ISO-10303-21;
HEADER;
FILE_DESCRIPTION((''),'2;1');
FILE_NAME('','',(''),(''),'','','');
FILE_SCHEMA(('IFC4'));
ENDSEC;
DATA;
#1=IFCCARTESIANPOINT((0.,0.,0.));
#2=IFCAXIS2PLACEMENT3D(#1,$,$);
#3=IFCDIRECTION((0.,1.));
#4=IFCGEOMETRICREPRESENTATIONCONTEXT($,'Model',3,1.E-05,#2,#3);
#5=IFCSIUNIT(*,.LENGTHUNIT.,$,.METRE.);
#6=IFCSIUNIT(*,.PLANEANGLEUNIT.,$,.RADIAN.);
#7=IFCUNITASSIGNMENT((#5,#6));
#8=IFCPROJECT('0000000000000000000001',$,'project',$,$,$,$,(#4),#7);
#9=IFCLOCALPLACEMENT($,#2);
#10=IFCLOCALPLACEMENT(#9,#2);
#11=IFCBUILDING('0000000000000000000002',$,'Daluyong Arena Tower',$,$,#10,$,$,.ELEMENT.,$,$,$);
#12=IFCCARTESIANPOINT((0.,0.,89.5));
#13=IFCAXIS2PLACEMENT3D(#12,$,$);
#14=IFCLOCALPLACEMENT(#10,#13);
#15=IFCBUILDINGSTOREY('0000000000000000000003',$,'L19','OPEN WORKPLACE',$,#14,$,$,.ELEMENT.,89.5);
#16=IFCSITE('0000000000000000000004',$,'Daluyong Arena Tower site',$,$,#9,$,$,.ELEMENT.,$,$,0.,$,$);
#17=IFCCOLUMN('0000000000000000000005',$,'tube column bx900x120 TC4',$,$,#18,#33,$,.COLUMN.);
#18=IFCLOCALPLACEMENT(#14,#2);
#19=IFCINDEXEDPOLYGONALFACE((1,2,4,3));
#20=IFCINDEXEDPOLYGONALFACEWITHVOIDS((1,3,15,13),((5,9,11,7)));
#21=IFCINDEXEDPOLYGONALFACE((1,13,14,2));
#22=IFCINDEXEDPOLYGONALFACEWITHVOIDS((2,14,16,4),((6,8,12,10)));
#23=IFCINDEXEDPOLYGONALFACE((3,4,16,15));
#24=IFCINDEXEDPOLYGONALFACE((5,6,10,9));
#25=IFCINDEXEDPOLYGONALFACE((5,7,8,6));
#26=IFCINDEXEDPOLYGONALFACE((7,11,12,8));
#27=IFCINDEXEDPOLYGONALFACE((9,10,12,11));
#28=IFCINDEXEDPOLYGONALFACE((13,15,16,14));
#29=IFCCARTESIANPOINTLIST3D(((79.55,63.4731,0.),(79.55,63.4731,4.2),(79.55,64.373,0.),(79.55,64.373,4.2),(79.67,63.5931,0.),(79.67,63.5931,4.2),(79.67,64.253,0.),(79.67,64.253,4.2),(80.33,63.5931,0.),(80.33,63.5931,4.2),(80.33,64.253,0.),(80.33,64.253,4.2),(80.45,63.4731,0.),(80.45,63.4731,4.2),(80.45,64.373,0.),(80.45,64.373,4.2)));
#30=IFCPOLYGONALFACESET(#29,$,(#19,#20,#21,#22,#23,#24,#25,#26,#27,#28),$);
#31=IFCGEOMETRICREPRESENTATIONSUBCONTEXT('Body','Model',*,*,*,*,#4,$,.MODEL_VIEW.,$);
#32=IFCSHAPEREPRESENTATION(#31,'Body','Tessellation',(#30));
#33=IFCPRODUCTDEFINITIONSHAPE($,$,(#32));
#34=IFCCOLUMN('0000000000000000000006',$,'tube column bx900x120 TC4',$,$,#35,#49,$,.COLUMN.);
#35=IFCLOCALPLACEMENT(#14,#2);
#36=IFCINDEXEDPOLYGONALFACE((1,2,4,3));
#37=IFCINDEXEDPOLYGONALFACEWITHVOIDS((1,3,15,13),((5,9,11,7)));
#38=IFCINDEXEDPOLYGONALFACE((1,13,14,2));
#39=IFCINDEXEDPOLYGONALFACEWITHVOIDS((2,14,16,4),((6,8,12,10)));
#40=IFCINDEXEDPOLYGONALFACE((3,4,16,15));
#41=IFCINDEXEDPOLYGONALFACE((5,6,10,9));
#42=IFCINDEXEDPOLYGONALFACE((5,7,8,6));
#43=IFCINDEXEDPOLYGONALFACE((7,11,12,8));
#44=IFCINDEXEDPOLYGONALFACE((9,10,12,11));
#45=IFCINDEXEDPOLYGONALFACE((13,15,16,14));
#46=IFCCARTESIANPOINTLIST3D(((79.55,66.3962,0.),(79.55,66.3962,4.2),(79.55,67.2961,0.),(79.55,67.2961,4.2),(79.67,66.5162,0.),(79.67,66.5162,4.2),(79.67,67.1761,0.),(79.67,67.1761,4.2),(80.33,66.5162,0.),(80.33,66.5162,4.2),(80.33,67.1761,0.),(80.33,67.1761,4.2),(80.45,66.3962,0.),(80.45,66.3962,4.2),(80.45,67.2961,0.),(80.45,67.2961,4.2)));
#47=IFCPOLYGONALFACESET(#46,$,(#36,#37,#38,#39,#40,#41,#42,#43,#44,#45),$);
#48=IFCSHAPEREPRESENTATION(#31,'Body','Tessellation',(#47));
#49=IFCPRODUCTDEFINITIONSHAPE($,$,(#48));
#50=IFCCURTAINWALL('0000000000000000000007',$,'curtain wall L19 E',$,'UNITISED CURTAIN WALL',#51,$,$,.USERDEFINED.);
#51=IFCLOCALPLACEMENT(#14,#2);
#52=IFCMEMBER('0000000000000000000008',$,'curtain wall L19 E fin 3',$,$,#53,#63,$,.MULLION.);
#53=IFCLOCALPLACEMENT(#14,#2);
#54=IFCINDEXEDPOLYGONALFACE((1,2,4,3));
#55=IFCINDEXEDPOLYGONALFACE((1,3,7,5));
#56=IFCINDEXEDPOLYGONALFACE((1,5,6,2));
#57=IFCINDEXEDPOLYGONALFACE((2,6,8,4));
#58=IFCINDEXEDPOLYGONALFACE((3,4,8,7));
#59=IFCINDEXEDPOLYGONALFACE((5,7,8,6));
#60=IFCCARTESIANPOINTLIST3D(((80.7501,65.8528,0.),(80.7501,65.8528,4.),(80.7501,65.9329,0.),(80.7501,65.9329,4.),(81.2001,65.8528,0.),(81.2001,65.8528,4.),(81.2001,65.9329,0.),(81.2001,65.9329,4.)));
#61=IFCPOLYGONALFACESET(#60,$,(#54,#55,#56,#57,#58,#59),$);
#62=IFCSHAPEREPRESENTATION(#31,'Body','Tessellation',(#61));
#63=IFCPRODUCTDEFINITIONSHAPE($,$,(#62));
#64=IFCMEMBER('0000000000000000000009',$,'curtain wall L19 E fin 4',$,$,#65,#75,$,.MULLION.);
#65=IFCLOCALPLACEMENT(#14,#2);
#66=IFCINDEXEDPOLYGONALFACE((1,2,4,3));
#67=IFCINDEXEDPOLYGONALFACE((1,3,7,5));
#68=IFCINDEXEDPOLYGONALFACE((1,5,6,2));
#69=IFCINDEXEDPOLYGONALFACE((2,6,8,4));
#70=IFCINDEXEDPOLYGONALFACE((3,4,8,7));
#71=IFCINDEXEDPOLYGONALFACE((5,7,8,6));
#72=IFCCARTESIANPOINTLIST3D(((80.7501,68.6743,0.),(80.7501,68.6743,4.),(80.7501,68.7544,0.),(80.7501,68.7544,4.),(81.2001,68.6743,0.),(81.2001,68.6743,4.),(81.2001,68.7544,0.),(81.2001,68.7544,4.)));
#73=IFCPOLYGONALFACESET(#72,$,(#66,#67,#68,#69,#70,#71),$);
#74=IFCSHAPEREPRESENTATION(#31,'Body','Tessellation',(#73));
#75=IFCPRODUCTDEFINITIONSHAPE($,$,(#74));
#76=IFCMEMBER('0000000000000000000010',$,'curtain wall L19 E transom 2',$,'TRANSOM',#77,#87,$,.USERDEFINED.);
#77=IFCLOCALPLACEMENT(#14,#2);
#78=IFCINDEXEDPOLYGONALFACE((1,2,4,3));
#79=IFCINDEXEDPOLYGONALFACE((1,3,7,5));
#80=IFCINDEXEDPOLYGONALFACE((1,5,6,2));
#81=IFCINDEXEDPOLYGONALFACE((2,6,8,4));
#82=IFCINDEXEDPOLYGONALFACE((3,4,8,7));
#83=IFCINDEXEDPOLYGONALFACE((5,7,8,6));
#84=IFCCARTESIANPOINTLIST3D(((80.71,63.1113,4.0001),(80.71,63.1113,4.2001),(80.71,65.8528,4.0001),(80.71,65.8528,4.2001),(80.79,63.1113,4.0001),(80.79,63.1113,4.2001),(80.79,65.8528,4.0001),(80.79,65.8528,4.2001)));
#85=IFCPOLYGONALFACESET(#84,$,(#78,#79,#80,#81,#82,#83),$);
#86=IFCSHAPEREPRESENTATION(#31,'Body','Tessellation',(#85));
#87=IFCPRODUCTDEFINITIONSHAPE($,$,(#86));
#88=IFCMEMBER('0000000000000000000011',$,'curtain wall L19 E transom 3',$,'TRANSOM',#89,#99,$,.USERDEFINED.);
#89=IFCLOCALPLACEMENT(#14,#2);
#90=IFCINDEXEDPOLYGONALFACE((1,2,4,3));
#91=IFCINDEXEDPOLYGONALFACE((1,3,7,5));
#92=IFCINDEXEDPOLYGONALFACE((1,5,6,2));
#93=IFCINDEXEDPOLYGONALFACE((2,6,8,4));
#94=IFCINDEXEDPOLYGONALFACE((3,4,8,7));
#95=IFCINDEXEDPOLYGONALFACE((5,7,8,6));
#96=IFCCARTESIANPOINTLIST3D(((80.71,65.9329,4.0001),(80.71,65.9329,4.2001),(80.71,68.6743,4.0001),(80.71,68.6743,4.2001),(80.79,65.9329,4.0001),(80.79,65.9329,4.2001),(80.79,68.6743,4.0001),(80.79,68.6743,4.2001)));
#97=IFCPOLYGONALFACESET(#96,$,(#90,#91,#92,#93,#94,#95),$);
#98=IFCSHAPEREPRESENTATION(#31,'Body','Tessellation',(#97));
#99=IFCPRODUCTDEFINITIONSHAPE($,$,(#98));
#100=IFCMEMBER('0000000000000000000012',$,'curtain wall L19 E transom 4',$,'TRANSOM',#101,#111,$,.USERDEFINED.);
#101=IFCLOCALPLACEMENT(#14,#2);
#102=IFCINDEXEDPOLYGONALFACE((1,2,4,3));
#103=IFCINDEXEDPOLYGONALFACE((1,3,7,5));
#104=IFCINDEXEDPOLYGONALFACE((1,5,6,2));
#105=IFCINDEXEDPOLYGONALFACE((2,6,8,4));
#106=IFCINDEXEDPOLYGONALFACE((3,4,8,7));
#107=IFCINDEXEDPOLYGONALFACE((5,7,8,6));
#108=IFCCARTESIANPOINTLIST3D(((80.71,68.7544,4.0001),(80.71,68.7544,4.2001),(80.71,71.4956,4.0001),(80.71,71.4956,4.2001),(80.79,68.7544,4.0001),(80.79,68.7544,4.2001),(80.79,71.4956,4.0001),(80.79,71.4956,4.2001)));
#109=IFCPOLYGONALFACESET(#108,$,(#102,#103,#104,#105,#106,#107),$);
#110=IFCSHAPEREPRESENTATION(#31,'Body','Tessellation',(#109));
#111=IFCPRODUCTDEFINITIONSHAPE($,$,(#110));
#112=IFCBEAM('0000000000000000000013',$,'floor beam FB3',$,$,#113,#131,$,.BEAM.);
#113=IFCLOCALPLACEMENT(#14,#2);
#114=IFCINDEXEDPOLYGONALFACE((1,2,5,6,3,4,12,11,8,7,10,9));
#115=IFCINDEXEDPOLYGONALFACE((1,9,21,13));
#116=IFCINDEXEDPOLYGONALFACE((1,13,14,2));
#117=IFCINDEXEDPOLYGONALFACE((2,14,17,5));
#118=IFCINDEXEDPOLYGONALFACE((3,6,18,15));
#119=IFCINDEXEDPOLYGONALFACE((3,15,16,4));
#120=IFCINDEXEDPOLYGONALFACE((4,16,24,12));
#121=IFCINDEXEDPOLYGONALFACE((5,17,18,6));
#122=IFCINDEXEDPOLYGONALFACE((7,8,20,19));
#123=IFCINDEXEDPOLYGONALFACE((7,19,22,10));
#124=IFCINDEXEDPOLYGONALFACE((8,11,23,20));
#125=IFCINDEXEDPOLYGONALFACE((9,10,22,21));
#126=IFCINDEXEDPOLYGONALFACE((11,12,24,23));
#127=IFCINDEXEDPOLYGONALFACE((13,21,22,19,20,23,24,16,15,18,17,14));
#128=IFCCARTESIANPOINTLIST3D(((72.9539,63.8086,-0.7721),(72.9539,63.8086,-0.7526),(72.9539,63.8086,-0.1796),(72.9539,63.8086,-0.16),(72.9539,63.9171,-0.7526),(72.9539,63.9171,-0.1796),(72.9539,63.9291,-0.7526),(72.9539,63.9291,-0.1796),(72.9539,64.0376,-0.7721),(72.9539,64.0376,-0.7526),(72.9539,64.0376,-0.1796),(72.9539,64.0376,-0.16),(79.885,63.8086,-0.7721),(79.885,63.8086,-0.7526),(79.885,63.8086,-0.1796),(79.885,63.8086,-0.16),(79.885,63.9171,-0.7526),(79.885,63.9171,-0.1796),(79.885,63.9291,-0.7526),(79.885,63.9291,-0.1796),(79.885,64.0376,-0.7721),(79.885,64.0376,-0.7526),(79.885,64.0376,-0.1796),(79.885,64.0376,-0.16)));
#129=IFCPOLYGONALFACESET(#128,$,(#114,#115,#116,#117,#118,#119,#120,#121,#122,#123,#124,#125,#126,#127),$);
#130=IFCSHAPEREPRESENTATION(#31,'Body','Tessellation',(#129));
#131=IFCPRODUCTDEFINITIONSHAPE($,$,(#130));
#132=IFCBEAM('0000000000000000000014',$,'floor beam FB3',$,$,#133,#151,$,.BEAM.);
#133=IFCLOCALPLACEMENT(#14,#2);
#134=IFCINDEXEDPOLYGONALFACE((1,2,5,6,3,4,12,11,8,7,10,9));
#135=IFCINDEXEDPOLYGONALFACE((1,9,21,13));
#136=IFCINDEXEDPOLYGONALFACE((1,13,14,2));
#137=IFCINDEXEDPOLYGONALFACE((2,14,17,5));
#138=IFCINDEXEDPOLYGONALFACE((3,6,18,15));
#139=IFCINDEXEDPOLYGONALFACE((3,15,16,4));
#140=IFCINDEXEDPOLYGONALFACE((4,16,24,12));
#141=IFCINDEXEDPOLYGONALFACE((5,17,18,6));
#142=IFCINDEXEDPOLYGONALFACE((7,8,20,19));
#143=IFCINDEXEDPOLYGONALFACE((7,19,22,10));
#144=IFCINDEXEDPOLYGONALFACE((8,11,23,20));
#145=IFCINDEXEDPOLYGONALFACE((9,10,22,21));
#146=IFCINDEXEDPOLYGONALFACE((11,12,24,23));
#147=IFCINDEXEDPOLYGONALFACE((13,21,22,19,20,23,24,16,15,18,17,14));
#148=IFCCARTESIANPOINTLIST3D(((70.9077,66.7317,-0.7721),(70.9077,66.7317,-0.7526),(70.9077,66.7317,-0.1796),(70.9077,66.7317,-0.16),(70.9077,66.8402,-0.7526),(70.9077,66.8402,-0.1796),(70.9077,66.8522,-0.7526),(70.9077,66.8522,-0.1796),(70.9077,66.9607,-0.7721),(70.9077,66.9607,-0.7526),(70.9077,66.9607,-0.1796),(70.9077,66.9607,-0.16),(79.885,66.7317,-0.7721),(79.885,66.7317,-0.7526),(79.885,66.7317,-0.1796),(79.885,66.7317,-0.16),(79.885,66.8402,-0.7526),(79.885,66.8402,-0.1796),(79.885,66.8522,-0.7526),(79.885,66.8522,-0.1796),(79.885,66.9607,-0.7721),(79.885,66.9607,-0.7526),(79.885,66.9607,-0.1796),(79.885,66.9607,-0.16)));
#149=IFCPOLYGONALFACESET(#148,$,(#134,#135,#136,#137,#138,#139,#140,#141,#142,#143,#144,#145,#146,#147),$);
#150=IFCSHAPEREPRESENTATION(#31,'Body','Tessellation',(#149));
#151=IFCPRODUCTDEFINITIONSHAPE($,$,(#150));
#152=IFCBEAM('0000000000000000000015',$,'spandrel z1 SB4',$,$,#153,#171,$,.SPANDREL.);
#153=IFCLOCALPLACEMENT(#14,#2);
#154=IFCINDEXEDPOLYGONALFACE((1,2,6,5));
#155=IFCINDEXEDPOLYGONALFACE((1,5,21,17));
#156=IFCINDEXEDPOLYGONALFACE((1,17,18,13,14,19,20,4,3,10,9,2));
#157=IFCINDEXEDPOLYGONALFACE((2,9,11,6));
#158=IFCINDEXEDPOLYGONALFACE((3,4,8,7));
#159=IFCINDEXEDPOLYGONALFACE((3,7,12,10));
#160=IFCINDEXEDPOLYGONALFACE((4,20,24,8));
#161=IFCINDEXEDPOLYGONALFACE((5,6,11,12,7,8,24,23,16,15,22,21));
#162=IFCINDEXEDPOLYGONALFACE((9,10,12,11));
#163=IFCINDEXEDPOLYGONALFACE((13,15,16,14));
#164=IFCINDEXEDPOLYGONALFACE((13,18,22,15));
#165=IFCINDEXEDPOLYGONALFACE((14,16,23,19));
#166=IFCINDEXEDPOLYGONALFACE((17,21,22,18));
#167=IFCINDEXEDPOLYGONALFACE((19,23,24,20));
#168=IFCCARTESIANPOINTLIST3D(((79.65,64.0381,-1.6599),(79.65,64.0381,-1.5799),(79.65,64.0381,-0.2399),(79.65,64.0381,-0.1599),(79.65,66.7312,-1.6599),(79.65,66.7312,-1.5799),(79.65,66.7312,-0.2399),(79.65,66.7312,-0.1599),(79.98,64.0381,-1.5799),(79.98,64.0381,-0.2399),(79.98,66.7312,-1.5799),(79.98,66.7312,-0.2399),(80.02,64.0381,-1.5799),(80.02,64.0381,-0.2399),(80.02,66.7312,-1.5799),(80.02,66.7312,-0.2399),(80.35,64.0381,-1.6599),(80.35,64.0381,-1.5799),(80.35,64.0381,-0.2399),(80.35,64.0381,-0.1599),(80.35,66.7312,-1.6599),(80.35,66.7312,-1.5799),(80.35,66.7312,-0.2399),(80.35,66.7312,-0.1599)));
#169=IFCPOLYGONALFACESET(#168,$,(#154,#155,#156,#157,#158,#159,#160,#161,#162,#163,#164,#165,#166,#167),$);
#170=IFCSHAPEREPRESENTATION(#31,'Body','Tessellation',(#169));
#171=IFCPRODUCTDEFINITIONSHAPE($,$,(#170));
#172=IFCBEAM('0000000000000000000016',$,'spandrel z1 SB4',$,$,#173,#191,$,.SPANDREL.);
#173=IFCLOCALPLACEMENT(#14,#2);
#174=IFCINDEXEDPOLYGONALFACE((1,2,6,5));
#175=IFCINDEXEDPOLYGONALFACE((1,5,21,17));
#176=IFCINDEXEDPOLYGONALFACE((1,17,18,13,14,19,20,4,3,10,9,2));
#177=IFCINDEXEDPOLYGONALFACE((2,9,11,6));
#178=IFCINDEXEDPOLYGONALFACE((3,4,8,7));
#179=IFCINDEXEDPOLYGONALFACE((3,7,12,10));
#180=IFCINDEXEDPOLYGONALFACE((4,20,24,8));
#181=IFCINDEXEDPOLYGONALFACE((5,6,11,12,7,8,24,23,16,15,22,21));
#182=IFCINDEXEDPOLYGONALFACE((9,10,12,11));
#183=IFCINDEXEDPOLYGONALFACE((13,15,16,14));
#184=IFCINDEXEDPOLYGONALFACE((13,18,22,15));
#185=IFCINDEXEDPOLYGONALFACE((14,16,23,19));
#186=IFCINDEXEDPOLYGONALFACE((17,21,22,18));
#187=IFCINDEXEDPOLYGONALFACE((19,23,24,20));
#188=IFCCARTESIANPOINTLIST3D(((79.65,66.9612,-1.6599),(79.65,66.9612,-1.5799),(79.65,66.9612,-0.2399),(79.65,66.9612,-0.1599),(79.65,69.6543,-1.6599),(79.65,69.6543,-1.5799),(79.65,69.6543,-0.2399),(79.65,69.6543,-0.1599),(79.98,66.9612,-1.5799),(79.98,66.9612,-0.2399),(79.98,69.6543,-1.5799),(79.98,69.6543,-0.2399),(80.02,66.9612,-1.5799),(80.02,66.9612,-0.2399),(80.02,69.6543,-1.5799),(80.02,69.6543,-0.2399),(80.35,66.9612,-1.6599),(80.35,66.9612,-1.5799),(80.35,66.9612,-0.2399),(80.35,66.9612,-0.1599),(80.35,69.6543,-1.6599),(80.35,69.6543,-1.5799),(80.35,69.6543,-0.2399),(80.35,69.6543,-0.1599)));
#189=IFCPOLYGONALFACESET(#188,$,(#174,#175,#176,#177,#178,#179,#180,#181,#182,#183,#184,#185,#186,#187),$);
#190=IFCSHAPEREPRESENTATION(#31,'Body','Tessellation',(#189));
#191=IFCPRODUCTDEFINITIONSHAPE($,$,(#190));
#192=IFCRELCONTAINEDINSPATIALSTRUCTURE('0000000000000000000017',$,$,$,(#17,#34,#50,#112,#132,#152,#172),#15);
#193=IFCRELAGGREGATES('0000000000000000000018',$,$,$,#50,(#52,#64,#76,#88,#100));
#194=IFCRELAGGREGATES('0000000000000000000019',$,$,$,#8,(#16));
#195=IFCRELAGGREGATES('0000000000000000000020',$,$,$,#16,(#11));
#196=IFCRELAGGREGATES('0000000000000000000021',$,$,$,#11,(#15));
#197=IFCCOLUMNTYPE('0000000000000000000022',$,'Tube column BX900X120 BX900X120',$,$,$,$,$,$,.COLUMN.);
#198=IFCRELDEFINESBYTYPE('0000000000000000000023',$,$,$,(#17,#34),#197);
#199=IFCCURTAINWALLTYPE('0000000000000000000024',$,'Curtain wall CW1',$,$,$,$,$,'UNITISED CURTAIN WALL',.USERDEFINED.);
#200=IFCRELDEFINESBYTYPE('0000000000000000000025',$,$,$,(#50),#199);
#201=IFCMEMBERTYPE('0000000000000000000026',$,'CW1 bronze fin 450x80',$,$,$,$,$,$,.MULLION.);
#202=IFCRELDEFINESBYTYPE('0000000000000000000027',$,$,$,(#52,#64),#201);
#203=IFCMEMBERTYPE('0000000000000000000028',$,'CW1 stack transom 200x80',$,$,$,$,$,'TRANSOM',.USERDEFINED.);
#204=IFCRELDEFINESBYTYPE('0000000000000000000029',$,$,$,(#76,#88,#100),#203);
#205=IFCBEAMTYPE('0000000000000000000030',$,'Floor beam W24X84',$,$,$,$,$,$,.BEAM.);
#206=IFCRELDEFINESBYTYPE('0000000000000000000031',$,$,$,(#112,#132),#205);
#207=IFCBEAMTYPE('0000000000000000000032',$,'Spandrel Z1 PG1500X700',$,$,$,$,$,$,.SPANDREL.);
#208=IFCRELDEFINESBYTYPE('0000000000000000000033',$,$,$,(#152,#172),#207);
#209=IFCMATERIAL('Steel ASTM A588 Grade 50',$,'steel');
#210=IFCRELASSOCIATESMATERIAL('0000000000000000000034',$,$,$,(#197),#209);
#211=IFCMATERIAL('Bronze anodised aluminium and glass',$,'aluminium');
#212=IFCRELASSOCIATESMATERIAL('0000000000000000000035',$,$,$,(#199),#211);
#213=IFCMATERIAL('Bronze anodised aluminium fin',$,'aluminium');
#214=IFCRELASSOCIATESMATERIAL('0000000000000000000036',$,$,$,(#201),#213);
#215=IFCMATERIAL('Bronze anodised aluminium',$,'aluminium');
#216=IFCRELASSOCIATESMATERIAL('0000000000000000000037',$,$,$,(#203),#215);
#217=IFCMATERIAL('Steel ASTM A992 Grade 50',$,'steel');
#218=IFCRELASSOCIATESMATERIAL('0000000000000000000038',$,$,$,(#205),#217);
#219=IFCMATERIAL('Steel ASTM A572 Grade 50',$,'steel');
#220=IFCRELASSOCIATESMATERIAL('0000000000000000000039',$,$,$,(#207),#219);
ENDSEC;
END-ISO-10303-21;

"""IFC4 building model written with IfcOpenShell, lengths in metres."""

from ifc_helpers import new_model, si_unit, direction, frame, origin, origin_2d, place, context, subcontext, project, spatial, rectangle, hollow_rectangle, i_section, extrude, material, material_profile, profile_set, type_object, element, aggregate, save


model = new_model("IFC4")

# Units and contexts
model_context = context("Model", 3, precision=1e-05, world=origin(), true_north=direction((0.0, 1.0)))
body_context = subcontext(model_context, "Body", "Model", "MODEL_VIEW")
ifc_project = project(units=[si_unit("LENGTHUNIT", "METRE"), si_unit("PLANEANGLEUNIT", "RADIAN")], contexts=[model_context])

# Site, building, storey
site_placement = place(None, origin())
site = spatial("IfcSite", under=ifc_project, at=site_placement, Name="Daluyong Arena Tower site", CompositionType="ELEMENT", RefElevation=0.0)
building_placement = place(site_placement, origin())
building = spatial("IfcBuilding", under=site, at=building_placement, Name="Daluyong Arena Tower", CompositionType="ELEMENT")
storey_placement = place(building_placement, frame((0.0, 0.0, 89.5)))
storey = spatial("IfcBuildingStorey", under=building, at=storey_placement, Name="L19", Description="OPEN WORKPLACE", CompositionType="ELEMENT", Elevation=89.5)

# Columns
ifc_material_1 = material(Name="Steel ASTM A588 Grade 50", Category="steel")
ifc_material_profile_1 = material_profile(ifc_material_1, hollow_rectangle(XDim=0.8999, YDim=0.8999, WallThickness=0.12, at=origin_2d()))
ifc_profile_set_1 = profile_set([ifc_material_profile_1], Name="Steel ASTM A588 Grade 50")
column_type = type_object("IfcColumnType", Name="Tube column BX900X120 BX900X120", PredefinedType="COLUMN", material=ifc_profile_set_1)
for number, where, z_axis, x_axis, name in (
    (1, (80.0, 63.9231, 0.0), (0.0, 0.0, 1.0), (0.0, 1.0, 0.0), "tube column bx900x120 TC4"),
    (2, (80.0, 66.8462, 0.0), (0.0, 0.0, 1.0), (0.0, 1.0, 0.0), "tube column bx900x120 TC4"),
):
    element("IfcColumn", number, at=place(storey_placement, frame(where, z_axis=z_axis, x_axis=x_axis)), inside=storey, type_object=column_type, Name=name, PredefinedType="COLUMN", context=body_context, shape_type="SweptSolid", body=[
        extrude(hollow_rectangle(XDim=0.8999, YDim=0.8999, WallThickness=0.12, at=origin_2d()), origin(), (0.0, 0.0, 1.0), 4.2),
    ])

# Curtain wall, members
ifc_material_2 = material(Name="Bronze anodised aluminium and glass", Category="aluminium")
curtain_wall_type = type_object("IfcCurtainWallType", Name="Curtain wall CW1", ElementType="UNITISED CURTAIN WALL", PredefinedType="USERDEFINED", material=ifc_material_2)
curtain_wall_placement = place(storey_placement, origin())
curtain_wall = element("IfcCurtainWall", 3, at=curtain_wall_placement, inside=storey, type_object=curtain_wall_type, Name="curtain wall L19 E", ObjectType="UNITISED CURTAIN WALL", PredefinedType="USERDEFINED")
ifc_material_3 = material(Name="Bronze anodised aluminium fin", Category="aluminium")
ifc_material_profile_2 = material_profile(ifc_material_3, rectangle(XDim=0.45, YDim=0.0801, at=origin_2d()))
ifc_profile_set_2 = profile_set([ifc_material_profile_2], Name="Bronze anodised aluminium fin")
member_type_1 = type_object("IfcMemberType", Name="CW1 bronze fin 450x80", PredefinedType="MULLION", material=ifc_profile_set_2)
member_1_placement = place(storey_placement, frame((80.9751, 65.8928, 0.0), z_axis=(0.0, 0.0, 1.0), x_axis=(-1.0, 0.0, 0.0)))
member_1 = element("IfcMember", 4, at=member_1_placement, type_object=member_type_1, Name="curtain wall L19 E fin 3", PredefinedType="MULLION", context=body_context, shape_type="SweptSolid", body=[
    extrude(rectangle(XDim=0.45, YDim=0.0801, at=origin_2d()), origin(), (0.0, 0.0, 1.0), 4.0),
])
member_2_placement = place(storey_placement, frame((80.9751, 68.7144, 0.0), z_axis=(0.0, 0.0, 1.0), x_axis=(-1.0, 0.0, 0.0)))
member_2 = element("IfcMember", 5, at=member_2_placement, type_object=member_type_1, Name="curtain wall L19 E fin 4", PredefinedType="MULLION", context=body_context, shape_type="SweptSolid", body=[
    extrude(rectangle(XDim=0.45, YDim=0.0801, at=origin_2d()), origin(), (0.0, 0.0, 1.0), 4.0),
])
ifc_material_4 = material(Name="Bronze anodised aluminium", Category="aluminium")
ifc_material_profile_3 = material_profile(ifc_material_4, rectangle(XDim=0.0801, YDim=0.2, at=origin_2d()))
ifc_profile_set_3 = profile_set([ifc_material_profile_3], Name="Bronze anodised aluminium")
member_type_2 = type_object("IfcMemberType", Name="CW1 stack transom 200x80", ElementType="TRANSOM", PredefinedType="USERDEFINED", material=ifc_profile_set_3)
member_3_placement = place(storey_placement, frame((80.75, 63.1113, 4.1001), z_axis=(0.0, 1.0, 0.0), x_axis=(-1.0, 0.0, 0.0)))
member_3 = element("IfcMember", 6, at=member_3_placement, type_object=member_type_2, Name="curtain wall L19 E transom 2", ObjectType="TRANSOM", PredefinedType="USERDEFINED", context=body_context, shape_type="SweptSolid", body=[
    extrude(rectangle(XDim=0.0801, YDim=0.2, at=origin_2d()), origin(), (0.0, 0.0, 1.0), 2.7415),
])
member_4_placement = place(storey_placement, frame((80.75, 65.9329, 4.1001), z_axis=(0.0, 1.0, 0.0), x_axis=(-1.0, 0.0, 0.0)))
member_4 = element("IfcMember", 7, at=member_4_placement, type_object=member_type_2, Name="curtain wall L19 E transom 3", ObjectType="TRANSOM", PredefinedType="USERDEFINED", context=body_context, shape_type="SweptSolid", body=[
    extrude(rectangle(XDim=0.0801, YDim=0.2, at=origin_2d()), origin(), (0.0, 0.0, 1.0), 2.7415),
])
member_5_placement = place(storey_placement, frame((80.75, 68.7544, 4.1001), z_axis=(0.0, 1.0, 0.0), x_axis=(-1.0, 0.0, 0.0)))
member_5 = element("IfcMember", 8, at=member_5_placement, type_object=member_type_2, Name="curtain wall L19 E transom 4", ObjectType="TRANSOM", PredefinedType="USERDEFINED", context=body_context, shape_type="SweptSolid", body=[
    extrude(rectangle(XDim=0.0801, YDim=0.2, at=origin_2d()), origin(), (0.0, 0.0, 1.0), 2.7412),
])

# Beams
ifc_material_5 = material(Name="Steel ASTM A992 Grade 50", Category="steel")
ifc_material_profile_4 = material_profile(ifc_material_5, i_section(OverallWidth=0.229, OverallDepth=0.6121, WebThickness=0.012, FlangeThickness=0.0195, at=origin_2d()))
ifc_profile_set_4 = profile_set([ifc_material_profile_4], Name="Steel ASTM A992 Grade 50")
beam_type_1 = type_object("IfcBeamType", Name="Floor beam W24X84", PredefinedType="BEAM", material=ifc_profile_set_4)
beam_1_placement = place(storey_placement, frame((79.885, 63.9231, -0.4661), z_axis=(-1.0, 0.0, 0.0), x_axis=(0.0, -1.0, 0.0)))
element("IfcBeam", 9, at=beam_1_placement, inside=storey, type_object=beam_type_1, Name="floor beam FB3", PredefinedType="BEAM", context=body_context, shape_type="SweptSolid", body=[
    extrude(i_section(OverallWidth=0.229, OverallDepth=0.6121, WebThickness=0.012, FlangeThickness=0.0195, at=origin_2d()), origin(), (0.0, 0.0, 1.0), 6.9312),
])
beam_2_placement = place(storey_placement, frame((79.885, 66.8462, -0.4661), z_axis=(-1.0, 0.0, 0.0), x_axis=(0.0, -1.0, 0.0)))
element("IfcBeam", 10, at=beam_2_placement, inside=storey, type_object=beam_type_1, Name="floor beam FB3", PredefinedType="BEAM", context=body_context, shape_type="SweptSolid", body=[
    extrude(i_section(OverallWidth=0.229, OverallDepth=0.6121, WebThickness=0.012, FlangeThickness=0.0195, at=origin_2d()), origin(), (0.0, 0.0, 1.0), 8.9773),
])
ifc_material_6 = material(Name="Steel ASTM A572 Grade 50", Category="steel")
ifc_material_profile_5 = material_profile(ifc_material_6, i_section(OverallWidth=0.7, OverallDepth=1.5, WebThickness=0.04, FlangeThickness=0.08, at=origin_2d()))
ifc_profile_set_5 = profile_set([ifc_material_profile_5], Name="Steel ASTM A572 Grade 50")
beam_type_2 = type_object("IfcBeamType", Name="Spandrel Z1 PG1500X700", PredefinedType="SPANDREL", material=ifc_profile_set_5)
for number, where, z_axis, x_axis, name in (
    (11, (80.0, 64.0381, -0.9099), (0.0, 1.0, 0.0), (-1.0, 0.0, 0.0), "spandrel z1 SB4"),
    (12, (80.0, 66.9612, -0.9099), (0.0, 1.0, 0.0), (-1.0, 0.0, 0.0), "spandrel z1 SB4"),
):
    element("IfcBeam", number, at=place(storey_placement, frame(where, z_axis=z_axis, x_axis=x_axis)), inside=storey, type_object=beam_type_2, Name=name, PredefinedType="SPANDREL", context=body_context, shape_type="SweptSolid", body=[
        extrude(i_section(OverallWidth=0.7, OverallDepth=1.5, WebThickness=0.04, FlangeThickness=0.08, at=origin_2d()), origin(), (0.0, 0.0, 1.0), 2.6931),
    ])

aggregate(curtain_wall, [member_1, member_2, member_3, member_4, member_5])

save(model, "model.ifc")
